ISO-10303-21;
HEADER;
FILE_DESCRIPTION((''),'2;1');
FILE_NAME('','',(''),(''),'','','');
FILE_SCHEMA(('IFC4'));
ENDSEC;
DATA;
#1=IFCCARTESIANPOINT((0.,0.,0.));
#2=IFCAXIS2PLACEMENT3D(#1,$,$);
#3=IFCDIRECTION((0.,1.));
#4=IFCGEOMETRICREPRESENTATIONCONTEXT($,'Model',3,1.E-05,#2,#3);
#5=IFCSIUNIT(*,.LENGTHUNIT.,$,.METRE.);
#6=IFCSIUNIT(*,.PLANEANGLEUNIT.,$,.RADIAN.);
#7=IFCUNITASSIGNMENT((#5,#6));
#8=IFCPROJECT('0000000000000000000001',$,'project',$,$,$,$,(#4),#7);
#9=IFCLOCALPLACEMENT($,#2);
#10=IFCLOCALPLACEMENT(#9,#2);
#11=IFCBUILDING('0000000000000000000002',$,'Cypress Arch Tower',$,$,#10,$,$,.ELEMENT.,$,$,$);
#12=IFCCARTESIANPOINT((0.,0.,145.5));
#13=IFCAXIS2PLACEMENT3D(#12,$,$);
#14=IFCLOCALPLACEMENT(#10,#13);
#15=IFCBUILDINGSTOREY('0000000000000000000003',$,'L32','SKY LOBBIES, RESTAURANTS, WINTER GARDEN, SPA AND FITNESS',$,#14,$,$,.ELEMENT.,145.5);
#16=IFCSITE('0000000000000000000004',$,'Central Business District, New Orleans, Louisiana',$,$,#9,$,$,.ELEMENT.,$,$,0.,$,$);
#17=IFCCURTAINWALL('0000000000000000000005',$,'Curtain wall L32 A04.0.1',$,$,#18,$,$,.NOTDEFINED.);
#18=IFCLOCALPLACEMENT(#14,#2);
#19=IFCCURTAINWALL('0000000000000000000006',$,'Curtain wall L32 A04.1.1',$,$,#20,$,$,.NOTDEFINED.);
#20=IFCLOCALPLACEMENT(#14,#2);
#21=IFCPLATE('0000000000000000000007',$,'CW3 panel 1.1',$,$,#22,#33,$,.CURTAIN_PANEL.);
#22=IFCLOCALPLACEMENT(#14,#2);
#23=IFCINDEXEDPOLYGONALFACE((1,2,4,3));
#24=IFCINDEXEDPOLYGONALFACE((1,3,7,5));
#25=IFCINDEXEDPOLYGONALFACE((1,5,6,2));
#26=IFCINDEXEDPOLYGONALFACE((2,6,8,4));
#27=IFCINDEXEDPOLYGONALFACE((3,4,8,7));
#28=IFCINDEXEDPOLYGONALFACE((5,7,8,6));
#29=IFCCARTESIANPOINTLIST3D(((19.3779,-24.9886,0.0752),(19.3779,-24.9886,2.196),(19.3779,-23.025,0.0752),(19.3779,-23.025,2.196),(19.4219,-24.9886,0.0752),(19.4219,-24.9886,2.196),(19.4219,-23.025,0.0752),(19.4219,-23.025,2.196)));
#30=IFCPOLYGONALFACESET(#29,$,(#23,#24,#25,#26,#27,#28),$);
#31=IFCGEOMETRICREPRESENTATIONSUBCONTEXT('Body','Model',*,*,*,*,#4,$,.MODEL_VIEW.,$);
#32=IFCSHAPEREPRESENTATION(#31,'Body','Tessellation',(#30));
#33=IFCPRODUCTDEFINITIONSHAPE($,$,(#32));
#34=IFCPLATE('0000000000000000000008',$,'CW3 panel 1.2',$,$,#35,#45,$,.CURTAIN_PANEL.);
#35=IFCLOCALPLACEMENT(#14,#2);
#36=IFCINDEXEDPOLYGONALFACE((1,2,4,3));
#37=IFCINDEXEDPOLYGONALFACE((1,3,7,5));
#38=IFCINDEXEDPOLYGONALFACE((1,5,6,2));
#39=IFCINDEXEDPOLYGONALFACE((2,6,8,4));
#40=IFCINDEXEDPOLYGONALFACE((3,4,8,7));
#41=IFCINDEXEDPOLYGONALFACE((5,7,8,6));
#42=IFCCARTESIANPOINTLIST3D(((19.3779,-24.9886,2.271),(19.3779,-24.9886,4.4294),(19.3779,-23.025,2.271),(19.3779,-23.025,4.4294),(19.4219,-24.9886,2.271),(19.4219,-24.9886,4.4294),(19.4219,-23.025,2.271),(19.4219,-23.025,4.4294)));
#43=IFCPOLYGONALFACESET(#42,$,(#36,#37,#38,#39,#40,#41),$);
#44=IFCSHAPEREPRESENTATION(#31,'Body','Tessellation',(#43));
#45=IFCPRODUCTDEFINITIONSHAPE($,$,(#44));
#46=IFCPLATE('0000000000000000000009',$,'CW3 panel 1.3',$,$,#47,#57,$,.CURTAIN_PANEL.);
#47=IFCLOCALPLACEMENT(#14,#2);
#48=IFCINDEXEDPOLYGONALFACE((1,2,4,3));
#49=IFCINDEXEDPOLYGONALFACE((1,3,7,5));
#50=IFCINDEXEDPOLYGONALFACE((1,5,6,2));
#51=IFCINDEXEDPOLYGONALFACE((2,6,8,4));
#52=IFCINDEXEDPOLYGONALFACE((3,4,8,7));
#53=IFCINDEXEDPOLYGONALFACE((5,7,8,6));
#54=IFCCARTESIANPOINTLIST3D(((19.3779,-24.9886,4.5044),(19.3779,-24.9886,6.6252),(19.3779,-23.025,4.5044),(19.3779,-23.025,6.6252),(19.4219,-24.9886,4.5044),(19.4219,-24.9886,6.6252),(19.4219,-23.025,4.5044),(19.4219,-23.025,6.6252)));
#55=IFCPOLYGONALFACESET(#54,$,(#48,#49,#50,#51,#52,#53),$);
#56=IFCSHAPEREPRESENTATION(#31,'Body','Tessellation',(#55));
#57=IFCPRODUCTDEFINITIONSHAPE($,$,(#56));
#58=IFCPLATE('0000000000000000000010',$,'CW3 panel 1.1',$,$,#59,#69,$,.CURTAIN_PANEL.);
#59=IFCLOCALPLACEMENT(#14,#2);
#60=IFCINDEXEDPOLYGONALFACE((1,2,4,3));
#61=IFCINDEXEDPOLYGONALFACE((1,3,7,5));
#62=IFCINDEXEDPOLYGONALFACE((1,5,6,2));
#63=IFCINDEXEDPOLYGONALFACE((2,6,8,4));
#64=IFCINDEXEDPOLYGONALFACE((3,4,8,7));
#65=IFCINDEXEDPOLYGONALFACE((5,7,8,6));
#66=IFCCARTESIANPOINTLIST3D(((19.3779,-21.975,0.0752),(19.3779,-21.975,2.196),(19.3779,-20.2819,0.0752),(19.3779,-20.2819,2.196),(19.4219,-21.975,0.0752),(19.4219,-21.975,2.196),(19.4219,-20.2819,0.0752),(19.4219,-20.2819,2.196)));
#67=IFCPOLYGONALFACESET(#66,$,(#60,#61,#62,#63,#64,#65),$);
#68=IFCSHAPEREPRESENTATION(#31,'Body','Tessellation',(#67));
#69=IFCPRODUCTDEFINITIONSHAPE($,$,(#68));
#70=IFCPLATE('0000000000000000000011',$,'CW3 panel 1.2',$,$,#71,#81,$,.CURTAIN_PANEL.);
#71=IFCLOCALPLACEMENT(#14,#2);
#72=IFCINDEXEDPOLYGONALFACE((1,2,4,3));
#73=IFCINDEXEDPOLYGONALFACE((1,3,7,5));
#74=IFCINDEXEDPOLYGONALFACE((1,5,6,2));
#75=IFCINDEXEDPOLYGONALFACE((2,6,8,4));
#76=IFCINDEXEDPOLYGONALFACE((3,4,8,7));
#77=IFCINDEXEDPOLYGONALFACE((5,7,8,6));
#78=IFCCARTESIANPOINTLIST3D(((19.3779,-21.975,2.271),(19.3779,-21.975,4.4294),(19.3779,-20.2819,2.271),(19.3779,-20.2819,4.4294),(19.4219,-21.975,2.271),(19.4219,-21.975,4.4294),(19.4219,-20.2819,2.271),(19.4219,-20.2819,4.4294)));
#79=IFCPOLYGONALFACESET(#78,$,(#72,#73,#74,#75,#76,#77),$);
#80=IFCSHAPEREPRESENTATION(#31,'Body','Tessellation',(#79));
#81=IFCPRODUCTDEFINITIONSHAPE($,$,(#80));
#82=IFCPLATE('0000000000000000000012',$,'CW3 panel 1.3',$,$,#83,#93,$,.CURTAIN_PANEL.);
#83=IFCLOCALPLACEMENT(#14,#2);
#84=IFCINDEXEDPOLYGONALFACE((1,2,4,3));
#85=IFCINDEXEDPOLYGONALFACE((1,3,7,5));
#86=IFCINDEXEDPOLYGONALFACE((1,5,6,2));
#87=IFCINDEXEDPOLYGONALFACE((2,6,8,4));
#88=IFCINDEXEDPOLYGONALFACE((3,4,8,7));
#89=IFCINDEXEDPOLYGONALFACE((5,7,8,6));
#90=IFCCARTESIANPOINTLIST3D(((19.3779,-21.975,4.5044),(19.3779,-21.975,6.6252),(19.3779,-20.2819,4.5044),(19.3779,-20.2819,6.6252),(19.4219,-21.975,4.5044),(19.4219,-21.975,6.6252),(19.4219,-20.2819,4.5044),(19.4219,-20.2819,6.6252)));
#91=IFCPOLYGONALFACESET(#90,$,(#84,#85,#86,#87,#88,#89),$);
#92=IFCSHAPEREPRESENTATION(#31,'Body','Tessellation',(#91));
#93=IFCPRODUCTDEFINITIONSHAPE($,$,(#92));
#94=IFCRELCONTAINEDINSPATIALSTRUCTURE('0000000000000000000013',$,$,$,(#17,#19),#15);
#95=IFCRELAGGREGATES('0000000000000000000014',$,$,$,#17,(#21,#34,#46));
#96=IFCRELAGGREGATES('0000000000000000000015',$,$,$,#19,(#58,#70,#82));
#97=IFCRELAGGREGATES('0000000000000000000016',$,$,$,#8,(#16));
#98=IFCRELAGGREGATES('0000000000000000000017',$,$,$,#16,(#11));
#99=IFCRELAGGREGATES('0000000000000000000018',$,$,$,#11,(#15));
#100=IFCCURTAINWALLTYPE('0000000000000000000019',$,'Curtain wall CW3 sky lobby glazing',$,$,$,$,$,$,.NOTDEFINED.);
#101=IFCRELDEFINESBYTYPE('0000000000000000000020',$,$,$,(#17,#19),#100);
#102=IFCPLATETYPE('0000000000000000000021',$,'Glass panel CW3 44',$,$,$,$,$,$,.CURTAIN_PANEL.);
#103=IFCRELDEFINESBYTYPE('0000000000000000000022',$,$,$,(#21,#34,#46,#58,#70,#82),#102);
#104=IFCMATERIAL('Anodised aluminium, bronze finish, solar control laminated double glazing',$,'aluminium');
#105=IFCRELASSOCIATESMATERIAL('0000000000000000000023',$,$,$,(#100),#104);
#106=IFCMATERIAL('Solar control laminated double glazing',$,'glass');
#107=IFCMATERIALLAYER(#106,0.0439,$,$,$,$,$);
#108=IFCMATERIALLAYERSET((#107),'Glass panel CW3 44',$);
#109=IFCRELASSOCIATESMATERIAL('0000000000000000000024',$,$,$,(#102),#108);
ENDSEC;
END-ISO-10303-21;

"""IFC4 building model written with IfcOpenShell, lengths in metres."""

from ifc_helpers import new_model, si_unit, direction, frame, origin, origin_2d, place, context, subcontext, project, spatial, rectangle, extrude, material, layer, layer_set, type_object, element, aggregate, save


model = new_model("IFC4")

# Units and contexts
model_context = context("Model", 3, precision=1e-05, world=origin(), true_north=direction((0.0, 1.0)))
body_context = subcontext(model_context, "Body", "Model", "MODEL_VIEW")
ifc_project = project(units=[si_unit("LENGTHUNIT", "METRE"), si_unit("PLANEANGLEUNIT", "RADIAN")], contexts=[model_context])

# Site, building, storey
site_placement = place(None, origin())
site = spatial("IfcSite", under=ifc_project, at=site_placement, Name="Central Business District, New Orleans, Louisiana", CompositionType="ELEMENT", RefElevation=0.0)
building_placement = place(site_placement, origin())
building = spatial("IfcBuilding", under=site, at=building_placement, Name="Cypress Arch Tower", CompositionType="ELEMENT")
storey_placement = place(building_placement, frame((0.0, 0.0, 145.5)))
storey = spatial("IfcBuildingStorey", under=building, at=storey_placement, Name="L32", Description="SKY LOBBIES, RESTAURANTS, WINTER GARDEN, SPA AND FITNESS", CompositionType="ELEMENT", Elevation=145.5)

# Curtain walls
ifc_material_1 = material(Name="Anodised aluminium, bronze finish, solar control laminated double glazing", Category="aluminium")
curtain_wall_type = type_object("IfcCurtainWallType", Name="Curtain wall CW3 sky lobby glazing", PredefinedType="NOTDEFINED", material=ifc_material_1)
curtain_wall_1_placement = place(storey_placement, origin())
curtain_wall_1 = element("IfcCurtainWall", 1, at=curtain_wall_1_placement, inside=storey, type_object=curtain_wall_type, Name="Curtain wall L32 A04.0.1", PredefinedType="NOTDEFINED")
curtain_wall_2_placement = place(storey_placement, origin())
curtain_wall_2 = element("IfcCurtainWall", 2, at=curtain_wall_2_placement, inside=storey, type_object=curtain_wall_type, Name="Curtain wall L32 A04.1.1", PredefinedType="NOTDEFINED")

# Plates
ifc_material_2 = material(Name="Solar control laminated double glazing", Category="glass")
ifc_layer = layer(ifc_material_2, 0.0439)
ifc_layer_set = layer_set([ifc_layer], Name="Glass panel CW3 44")
plate_type = type_object("IfcPlateType", Name="Glass panel CW3 44", PredefinedType="CURTAIN_PANEL", material=ifc_layer_set)
plate_1_placement = place(storey_placement, frame((19.3999, -24.0068, 0.0752), z_axis=(0.0, 0.0, 1.0), x_axis=(0.0, 1.0, 0.0)))
plate_1 = element("IfcPlate", 3, at=plate_1_placement, type_object=plate_type, Name="CW3 panel 1.1", PredefinedType="CURTAIN_PANEL", context=body_context, shape_type="SweptSolid", body=[
    extrude(rectangle(XDim=1.9636, YDim=0.0439, at=origin_2d()), origin(), (0.0, 0.0, 1.0), 2.1208),
])
plate_2_placement = place(storey_placement, frame((19.3999, -24.0068, 2.271), z_axis=(0.0, 0.0, 1.0), x_axis=(0.0, 1.0, 0.0)))
plate_2 = element("IfcPlate", 4, at=plate_2_placement, type_object=plate_type, Name="CW3 panel 1.2", PredefinedType="CURTAIN_PANEL", context=body_context, shape_type="SweptSolid", body=[
    extrude(rectangle(XDim=1.9636, YDim=0.0439, at=origin_2d()), origin(), (0.0, 0.0, 1.0), 2.1584),
])
plate_3_placement = place(storey_placement, frame((19.3999, -24.0068, 4.5044), z_axis=(0.0, 0.0, 1.0), x_axis=(0.0, 1.0, 0.0)))
plate_3 = element("IfcPlate", 5, at=plate_3_placement, type_object=plate_type, Name="CW3 panel 1.3", PredefinedType="CURTAIN_PANEL", context=body_context, shape_type="SweptSolid", body=[
    extrude(rectangle(XDim=1.9636, YDim=0.0439, at=origin_2d()), origin(), (0.0, 0.0, 1.0), 2.1208),
])
aggregate(curtain_wall_1, [plate_1, plate_2, plate_3])
plate_4_placement = place(storey_placement, frame((19.3999, -21.1284, 0.0752), z_axis=(0.0, 0.0, 1.0), x_axis=(0.0, 1.0, 0.0)))
plate_4 = element("IfcPlate", 6, at=plate_4_placement, type_object=plate_type, Name="CW3 panel 1.1", PredefinedType="CURTAIN_PANEL", context=body_context, shape_type="SweptSolid", body=[
    extrude(rectangle(XDim=1.6931, YDim=0.0439, at=origin_2d()), origin(), (0.0, 0.0, 1.0), 2.1208),
])
plate_5_placement = place(storey_placement, frame((19.3999, -21.1284, 2.271), z_axis=(0.0, 0.0, 1.0), x_axis=(0.0, 1.0, 0.0)))
plate_5 = element("IfcPlate", 7, at=plate_5_placement, type_object=plate_type, Name="CW3 panel 1.2", PredefinedType="CURTAIN_PANEL", context=body_context, shape_type="SweptSolid", body=[
    extrude(rectangle(XDim=1.6931, YDim=0.0439, at=origin_2d()), origin(), (0.0, 0.0, 1.0), 2.1584),
])
plate_6_placement = place(storey_placement, frame((19.3999, -21.1284, 4.5044), z_axis=(0.0, 0.0, 1.0), x_axis=(0.0, 1.0, 0.0)))
plate_6 = element("IfcPlate", 8, at=plate_6_placement, type_object=plate_type, Name="CW3 panel 1.3", PredefinedType="CURTAIN_PANEL", context=body_context, shape_type="SweptSolid", body=[
    extrude(rectangle(XDim=1.6931, YDim=0.0439, at=origin_2d()), origin(), (0.0, 0.0, 1.0), 2.1208),
])
aggregate(curtain_wall_2, [plate_4, plate_5, plate_6])

save(model, "model.ifc")
